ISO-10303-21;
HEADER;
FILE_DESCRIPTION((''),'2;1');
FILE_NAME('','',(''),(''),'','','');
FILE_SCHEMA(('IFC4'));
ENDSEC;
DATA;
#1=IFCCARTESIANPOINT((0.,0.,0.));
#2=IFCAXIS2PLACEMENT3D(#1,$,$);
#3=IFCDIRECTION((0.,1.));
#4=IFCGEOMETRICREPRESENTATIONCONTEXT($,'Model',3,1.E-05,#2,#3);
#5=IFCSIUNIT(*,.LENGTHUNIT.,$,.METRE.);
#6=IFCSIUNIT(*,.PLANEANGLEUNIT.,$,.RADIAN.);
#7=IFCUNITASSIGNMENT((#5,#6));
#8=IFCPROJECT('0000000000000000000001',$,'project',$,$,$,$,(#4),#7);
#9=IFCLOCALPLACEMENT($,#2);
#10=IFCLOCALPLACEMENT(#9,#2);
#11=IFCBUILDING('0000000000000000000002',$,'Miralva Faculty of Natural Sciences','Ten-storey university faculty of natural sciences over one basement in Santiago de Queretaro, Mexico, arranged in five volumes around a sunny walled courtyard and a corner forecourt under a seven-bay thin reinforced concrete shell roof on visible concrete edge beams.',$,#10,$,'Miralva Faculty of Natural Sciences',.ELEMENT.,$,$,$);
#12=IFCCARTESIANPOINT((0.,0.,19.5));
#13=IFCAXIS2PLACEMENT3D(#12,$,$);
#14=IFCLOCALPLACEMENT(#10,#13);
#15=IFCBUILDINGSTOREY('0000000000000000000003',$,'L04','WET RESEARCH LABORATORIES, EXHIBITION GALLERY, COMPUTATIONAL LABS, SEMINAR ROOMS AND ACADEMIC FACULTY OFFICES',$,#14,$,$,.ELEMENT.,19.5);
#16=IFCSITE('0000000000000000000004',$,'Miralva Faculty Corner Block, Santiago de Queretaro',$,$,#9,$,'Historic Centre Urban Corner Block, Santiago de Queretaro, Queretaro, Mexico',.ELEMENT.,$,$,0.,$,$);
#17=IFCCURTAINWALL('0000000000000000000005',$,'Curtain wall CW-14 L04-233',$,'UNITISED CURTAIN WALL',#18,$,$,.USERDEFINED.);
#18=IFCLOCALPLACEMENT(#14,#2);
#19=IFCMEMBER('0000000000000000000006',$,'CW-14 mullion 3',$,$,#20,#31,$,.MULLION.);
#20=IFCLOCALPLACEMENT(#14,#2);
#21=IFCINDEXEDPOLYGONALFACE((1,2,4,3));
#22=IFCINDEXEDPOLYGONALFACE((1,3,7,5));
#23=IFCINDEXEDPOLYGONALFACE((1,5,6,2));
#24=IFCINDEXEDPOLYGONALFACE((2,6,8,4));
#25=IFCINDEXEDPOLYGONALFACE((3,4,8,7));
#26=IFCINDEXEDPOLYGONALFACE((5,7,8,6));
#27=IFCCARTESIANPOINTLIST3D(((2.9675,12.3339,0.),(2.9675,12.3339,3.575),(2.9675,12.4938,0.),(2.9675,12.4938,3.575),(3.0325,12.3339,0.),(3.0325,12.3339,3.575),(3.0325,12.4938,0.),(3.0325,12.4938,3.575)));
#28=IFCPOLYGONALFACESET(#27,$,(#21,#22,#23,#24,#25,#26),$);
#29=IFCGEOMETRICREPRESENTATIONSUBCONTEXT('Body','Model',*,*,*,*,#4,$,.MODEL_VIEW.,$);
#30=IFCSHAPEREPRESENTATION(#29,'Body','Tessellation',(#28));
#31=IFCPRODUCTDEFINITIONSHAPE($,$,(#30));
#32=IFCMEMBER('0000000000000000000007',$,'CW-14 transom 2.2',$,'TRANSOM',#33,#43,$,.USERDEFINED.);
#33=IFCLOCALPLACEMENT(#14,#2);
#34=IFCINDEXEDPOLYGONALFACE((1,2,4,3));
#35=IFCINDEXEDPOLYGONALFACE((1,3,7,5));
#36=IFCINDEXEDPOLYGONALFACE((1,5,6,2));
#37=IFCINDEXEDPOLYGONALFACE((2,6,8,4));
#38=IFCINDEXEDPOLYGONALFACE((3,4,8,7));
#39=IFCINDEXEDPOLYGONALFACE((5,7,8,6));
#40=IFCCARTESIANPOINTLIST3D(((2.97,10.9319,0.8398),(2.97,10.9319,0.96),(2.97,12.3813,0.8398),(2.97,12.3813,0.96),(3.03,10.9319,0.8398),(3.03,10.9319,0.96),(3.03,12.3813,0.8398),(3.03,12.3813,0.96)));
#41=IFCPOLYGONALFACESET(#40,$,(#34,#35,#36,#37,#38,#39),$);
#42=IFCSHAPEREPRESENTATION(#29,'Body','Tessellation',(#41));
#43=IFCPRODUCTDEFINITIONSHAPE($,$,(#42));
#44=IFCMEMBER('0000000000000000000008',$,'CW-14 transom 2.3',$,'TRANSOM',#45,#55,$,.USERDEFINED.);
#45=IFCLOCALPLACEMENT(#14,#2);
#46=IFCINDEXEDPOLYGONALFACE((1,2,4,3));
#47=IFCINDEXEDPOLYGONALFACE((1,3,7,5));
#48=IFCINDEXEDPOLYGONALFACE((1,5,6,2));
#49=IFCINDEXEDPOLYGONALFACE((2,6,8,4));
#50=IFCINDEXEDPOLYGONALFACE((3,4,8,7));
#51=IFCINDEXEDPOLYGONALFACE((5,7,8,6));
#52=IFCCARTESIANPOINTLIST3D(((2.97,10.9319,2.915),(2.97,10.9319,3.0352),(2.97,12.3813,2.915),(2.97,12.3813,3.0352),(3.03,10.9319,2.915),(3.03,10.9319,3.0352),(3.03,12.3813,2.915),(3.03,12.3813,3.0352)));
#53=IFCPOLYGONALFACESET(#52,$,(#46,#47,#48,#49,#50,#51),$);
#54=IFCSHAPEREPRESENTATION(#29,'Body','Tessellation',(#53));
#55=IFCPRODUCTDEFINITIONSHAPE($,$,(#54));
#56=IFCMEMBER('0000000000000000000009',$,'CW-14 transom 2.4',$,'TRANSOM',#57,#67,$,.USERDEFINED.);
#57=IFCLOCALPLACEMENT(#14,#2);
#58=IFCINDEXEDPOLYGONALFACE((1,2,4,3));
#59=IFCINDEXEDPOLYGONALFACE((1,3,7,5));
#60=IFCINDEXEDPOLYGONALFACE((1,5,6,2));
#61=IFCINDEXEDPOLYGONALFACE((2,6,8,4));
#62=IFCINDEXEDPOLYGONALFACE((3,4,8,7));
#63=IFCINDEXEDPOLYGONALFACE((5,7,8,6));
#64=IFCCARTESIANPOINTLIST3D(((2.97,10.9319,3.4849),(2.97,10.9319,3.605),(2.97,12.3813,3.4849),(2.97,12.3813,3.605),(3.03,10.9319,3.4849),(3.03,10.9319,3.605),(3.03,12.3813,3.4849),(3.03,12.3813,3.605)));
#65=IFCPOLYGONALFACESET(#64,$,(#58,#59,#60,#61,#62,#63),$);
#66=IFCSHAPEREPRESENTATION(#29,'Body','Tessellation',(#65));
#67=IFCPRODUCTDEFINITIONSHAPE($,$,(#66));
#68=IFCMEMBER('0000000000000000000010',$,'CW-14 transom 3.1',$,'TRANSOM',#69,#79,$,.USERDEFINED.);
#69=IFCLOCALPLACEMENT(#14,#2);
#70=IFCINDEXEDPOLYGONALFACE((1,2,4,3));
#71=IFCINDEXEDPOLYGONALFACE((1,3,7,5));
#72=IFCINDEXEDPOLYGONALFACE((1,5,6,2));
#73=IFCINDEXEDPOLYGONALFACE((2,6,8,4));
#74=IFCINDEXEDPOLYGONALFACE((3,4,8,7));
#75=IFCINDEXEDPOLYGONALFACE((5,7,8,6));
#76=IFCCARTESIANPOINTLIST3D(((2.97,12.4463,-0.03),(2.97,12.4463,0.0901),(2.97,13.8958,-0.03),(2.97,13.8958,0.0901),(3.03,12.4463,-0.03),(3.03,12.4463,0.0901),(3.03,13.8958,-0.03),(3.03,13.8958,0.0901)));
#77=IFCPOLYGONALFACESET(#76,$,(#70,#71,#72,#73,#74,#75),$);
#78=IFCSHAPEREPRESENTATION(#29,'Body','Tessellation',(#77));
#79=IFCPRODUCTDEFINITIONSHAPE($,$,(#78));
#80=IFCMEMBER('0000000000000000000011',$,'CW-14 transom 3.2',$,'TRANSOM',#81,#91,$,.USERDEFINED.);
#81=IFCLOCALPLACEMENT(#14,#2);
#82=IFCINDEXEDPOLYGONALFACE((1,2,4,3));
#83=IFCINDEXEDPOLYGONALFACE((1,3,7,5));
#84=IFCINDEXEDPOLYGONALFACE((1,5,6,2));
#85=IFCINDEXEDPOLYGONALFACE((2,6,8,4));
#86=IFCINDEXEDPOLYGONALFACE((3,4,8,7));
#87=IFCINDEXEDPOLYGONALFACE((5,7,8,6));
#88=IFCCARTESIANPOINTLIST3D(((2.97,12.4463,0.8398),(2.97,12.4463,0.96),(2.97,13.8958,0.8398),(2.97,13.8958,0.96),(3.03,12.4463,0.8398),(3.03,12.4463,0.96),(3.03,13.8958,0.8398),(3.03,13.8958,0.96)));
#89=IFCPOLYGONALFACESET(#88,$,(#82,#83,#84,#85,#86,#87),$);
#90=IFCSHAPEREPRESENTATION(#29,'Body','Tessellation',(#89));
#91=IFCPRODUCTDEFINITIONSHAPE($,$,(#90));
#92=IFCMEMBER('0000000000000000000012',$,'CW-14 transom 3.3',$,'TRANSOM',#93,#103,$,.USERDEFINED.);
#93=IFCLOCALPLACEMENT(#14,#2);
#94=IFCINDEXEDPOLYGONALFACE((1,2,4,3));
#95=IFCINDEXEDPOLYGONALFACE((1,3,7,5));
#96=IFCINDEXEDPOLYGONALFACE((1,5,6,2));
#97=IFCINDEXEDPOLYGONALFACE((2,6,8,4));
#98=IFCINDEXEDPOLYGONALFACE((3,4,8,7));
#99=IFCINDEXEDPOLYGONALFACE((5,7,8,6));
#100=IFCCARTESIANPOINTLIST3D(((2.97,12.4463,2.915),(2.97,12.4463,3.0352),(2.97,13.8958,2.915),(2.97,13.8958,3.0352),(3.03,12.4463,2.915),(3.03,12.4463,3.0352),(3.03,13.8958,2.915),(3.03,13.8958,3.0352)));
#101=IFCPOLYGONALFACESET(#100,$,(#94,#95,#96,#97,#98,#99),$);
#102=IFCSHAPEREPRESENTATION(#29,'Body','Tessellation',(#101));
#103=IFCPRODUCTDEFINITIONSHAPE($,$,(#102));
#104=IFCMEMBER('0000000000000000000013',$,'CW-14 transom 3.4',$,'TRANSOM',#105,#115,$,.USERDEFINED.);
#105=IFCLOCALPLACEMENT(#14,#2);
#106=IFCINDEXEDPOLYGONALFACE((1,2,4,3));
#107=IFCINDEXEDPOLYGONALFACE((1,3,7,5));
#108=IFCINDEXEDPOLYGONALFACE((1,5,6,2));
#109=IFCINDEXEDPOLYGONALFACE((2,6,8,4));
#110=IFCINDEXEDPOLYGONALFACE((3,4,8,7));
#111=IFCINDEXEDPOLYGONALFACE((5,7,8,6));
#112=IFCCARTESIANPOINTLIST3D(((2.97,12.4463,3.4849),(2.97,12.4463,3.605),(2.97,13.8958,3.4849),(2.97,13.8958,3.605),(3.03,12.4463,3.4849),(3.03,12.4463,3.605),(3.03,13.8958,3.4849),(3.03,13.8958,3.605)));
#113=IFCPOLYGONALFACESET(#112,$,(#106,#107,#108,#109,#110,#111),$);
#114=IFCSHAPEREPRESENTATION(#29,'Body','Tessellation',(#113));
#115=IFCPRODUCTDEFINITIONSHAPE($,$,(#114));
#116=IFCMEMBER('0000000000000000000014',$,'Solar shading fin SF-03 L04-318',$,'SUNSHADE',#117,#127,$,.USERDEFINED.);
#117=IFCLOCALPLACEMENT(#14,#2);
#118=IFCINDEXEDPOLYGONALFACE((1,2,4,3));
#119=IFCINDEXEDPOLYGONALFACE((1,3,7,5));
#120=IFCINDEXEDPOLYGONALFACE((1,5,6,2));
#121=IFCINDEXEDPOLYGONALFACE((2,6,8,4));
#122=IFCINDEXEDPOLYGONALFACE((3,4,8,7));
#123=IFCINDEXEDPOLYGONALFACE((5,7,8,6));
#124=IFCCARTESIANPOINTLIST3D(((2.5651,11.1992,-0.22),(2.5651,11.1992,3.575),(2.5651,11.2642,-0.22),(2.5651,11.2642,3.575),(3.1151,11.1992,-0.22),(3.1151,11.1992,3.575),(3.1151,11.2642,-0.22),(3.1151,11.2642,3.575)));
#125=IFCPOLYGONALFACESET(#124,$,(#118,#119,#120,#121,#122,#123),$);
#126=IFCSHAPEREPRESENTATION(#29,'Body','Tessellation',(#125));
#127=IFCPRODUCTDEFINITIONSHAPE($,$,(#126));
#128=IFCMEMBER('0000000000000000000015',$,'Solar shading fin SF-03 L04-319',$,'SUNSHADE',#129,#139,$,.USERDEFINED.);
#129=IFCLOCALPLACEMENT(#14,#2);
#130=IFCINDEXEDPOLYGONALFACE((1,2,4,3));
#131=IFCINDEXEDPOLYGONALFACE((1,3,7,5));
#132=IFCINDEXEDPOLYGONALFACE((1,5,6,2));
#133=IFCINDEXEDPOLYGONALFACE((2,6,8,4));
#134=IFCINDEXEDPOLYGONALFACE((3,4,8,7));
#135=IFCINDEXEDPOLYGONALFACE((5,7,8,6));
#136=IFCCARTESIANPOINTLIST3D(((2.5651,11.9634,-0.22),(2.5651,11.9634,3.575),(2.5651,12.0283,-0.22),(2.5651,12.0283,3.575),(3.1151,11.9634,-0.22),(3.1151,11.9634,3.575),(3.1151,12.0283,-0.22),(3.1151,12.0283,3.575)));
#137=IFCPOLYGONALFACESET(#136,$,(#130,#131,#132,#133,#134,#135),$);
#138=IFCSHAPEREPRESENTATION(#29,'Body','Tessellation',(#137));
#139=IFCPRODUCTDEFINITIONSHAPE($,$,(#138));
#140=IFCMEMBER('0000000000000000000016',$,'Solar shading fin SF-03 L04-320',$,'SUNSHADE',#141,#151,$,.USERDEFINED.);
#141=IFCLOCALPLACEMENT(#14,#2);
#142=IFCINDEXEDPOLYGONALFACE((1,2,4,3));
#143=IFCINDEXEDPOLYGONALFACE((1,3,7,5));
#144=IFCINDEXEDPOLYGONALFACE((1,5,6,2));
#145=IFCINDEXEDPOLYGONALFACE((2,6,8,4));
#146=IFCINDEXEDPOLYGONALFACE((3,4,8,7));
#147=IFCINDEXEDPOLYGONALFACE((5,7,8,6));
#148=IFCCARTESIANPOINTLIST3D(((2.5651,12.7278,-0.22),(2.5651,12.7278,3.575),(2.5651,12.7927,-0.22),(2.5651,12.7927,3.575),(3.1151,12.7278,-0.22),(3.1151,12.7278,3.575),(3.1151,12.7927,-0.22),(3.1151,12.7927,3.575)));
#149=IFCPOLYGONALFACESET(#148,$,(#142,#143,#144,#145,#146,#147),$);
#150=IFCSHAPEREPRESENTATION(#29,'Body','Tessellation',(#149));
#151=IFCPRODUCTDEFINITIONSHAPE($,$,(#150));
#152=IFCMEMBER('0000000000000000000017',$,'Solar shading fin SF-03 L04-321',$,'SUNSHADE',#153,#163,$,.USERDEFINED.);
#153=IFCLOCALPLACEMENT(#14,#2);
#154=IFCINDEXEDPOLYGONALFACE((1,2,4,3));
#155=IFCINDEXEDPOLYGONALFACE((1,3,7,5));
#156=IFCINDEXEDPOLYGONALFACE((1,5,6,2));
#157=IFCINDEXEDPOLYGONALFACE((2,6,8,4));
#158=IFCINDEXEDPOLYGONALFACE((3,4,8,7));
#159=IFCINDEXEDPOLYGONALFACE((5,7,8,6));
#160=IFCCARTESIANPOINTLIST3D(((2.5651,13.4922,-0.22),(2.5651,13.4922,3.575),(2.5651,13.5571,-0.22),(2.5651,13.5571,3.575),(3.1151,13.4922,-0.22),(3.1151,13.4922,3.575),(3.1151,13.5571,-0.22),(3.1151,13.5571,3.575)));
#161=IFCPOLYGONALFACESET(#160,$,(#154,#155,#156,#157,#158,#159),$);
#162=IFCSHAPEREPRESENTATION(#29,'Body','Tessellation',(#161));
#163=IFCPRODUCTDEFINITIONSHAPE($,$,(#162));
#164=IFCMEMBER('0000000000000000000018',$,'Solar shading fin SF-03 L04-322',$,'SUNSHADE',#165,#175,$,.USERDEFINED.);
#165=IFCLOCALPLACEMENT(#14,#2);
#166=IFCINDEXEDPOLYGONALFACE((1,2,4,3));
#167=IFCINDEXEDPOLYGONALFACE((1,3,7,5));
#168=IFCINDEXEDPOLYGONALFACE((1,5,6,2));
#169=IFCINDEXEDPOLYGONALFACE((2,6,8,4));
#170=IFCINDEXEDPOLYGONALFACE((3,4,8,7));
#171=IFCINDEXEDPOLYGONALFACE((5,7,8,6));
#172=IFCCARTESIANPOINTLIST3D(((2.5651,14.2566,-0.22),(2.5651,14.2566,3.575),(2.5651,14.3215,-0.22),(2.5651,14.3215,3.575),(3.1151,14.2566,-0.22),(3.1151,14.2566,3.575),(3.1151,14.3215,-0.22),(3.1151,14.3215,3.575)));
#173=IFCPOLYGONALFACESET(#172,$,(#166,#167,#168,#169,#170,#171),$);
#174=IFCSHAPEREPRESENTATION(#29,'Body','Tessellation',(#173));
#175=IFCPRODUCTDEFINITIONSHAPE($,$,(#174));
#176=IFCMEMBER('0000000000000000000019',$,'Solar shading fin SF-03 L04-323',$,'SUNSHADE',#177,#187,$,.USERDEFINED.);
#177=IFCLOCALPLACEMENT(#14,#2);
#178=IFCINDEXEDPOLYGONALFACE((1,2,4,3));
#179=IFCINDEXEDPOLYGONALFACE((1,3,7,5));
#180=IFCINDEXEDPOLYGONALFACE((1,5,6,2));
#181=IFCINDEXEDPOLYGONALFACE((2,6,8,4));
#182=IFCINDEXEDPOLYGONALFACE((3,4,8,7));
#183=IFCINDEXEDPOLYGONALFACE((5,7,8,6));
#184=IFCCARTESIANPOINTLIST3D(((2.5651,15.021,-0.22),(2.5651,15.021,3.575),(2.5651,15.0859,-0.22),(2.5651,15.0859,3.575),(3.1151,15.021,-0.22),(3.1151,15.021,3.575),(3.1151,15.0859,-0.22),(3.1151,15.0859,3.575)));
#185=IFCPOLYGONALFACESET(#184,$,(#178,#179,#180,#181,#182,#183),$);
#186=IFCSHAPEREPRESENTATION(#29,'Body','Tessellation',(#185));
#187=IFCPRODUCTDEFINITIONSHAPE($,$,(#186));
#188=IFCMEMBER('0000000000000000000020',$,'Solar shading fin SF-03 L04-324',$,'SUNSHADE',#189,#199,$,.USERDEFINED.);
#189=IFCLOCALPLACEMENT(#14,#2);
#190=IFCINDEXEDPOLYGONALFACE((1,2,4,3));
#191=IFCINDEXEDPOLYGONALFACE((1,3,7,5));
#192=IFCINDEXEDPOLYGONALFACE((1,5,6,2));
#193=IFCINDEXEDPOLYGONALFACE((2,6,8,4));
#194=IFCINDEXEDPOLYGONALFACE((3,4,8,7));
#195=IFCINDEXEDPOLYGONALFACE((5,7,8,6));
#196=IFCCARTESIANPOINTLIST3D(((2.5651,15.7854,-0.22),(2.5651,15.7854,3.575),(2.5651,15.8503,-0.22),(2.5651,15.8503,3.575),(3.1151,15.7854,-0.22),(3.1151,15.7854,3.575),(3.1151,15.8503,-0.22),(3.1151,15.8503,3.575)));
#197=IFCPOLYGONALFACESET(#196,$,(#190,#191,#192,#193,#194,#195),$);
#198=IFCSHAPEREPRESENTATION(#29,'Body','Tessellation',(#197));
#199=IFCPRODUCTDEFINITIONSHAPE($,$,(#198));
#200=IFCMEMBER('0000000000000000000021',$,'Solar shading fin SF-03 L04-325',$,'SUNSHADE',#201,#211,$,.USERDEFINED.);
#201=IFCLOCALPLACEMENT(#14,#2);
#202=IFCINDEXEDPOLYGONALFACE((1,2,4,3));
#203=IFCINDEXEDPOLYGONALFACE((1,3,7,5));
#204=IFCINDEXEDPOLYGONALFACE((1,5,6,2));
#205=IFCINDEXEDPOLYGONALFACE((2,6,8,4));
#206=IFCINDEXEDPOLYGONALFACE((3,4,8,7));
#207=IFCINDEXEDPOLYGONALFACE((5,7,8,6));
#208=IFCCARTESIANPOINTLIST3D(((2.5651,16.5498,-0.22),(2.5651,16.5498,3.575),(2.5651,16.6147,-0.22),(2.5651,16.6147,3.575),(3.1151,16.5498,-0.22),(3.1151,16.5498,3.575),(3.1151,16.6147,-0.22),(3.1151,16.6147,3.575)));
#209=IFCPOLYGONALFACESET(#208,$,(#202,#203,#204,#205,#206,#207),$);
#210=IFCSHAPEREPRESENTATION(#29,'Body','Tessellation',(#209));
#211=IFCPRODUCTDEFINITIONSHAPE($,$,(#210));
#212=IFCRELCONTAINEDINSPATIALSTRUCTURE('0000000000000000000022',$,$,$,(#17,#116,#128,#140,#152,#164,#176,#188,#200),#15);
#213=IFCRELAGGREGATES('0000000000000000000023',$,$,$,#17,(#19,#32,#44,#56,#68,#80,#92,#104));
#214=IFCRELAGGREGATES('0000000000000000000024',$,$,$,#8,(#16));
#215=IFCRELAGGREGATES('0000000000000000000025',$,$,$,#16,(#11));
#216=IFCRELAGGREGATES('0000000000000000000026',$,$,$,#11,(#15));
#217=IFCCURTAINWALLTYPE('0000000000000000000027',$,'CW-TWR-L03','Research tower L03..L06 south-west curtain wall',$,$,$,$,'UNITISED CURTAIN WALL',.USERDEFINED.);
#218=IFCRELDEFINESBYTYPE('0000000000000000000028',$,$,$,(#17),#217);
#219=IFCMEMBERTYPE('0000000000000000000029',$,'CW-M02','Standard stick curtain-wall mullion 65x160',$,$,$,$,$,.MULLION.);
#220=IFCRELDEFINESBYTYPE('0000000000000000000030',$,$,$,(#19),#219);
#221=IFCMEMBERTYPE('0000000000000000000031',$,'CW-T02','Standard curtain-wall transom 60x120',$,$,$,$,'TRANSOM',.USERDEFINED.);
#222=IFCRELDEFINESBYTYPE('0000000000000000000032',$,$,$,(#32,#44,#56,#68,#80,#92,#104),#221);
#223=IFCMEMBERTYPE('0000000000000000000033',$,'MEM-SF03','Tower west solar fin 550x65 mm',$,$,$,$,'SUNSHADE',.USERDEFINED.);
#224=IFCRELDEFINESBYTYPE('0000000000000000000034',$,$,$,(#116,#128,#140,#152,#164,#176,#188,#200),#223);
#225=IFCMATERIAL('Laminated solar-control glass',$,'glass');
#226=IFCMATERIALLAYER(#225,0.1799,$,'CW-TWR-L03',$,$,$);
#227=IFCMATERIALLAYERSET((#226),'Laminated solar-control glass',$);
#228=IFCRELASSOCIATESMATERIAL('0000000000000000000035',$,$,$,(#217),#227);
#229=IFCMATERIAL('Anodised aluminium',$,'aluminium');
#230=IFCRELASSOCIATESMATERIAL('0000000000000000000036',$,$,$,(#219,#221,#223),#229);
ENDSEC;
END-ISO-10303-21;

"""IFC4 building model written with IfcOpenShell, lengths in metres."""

from ifc_helpers import new_model, si_unit, direction, frame, origin, origin_2d, place, context, subcontext, project, spatial, rectangle, extrude, material, layer, layer_set, material_profile, profile_set, type_object, element, aggregate, save


model = new_model("IFC4")

# Units and contexts
model_context = context("Model", 3, precision=1e-05, world=origin(), true_north=direction((0.0, 1.0)))
body_context = subcontext(model_context, "Body", "Model", "MODEL_VIEW")
ifc_project = project(units=[si_unit("LENGTHUNIT", "METRE"), si_unit("PLANEANGLEUNIT", "RADIAN")], contexts=[model_context])

# Site, building, storey
site_placement = place(None, origin())
site = spatial("IfcSite", under=ifc_project, at=site_placement, Name="Miralva Faculty Corner Block, Santiago de Queretaro", LongName="Historic Centre Urban Corner Block, Santiago de Queretaro, Queretaro, Mexico", CompositionType="ELEMENT", RefElevation=0.0)
building_placement = place(site_placement, origin())
building = spatial("IfcBuilding", under=site, at=building_placement, Name="Miralva Faculty of Natural Sciences", Description="Ten-storey university faculty of natural sciences over one basement in Santiago de Queretaro, Mexico, arranged in five volumes around a sunny walled courtyard and a corner forecourt under a seven-bay thin reinforced concrete shell roof on visible concrete edge beams.", LongName="Miralva Faculty of Natural Sciences", CompositionType="ELEMENT")
storey_placement = place(building_placement, frame((0.0, 0.0, 19.5)))
storey = spatial("IfcBuildingStorey", under=building, at=storey_placement, Name="L04", Description="WET RESEARCH LABORATORIES, EXHIBITION GALLERY, COMPUTATIONAL LABS, SEMINAR ROOMS AND ACADEMIC FACULTY OFFICES", CompositionType="ELEMENT", Elevation=19.5)

# Curtain wall, members
ifc_material_1 = material(Name="Laminated solar-control glass", Category="glass")
ifc_layer_1 = layer(ifc_material_1, 0.1799, Name="CW-TWR-L03")
ifc_layer_set_1 = layer_set([ifc_layer_1], Name="Laminated solar-control glass")
curtain_wall_type = type_object("IfcCurtainWallType", Name="CW-TWR-L03", Description="Research tower L03..L06 south-west curtain wall", ElementType="UNITISED CURTAIN WALL", PredefinedType="USERDEFINED", material=ifc_layer_set_1)
curtain_wall_placement = place(storey_placement, origin())
curtain_wall = element("IfcCurtainWall", 1, at=curtain_wall_placement, inside=storey, type_object=curtain_wall_type, Name="Curtain wall CW-14 L04-233", ObjectType="UNITISED CURTAIN WALL", PredefinedType="USERDEFINED")
ifc_material_2 = material(Name="Anodised aluminium", Category="aluminium")
ifc_material_profile_1 = material_profile(ifc_material_2, rectangle(XDim=0.0649, YDim=0.1599, at=origin_2d()), Name="MULLION 65x160")
ifc_profile_set_1 = profile_set([ifc_material_profile_1], Name="Anodised aluminium")
member_type_1 = type_object("IfcMemberType", Name="CW-M02", Description="Standard stick curtain-wall mullion 65x160", PredefinedType="MULLION", material=ifc_profile_set_1)
member_1_placement = place(storey_placement, frame((3.0, 12.4138, 0.0), z_axis=(0.0, 0.0, 1.0), x_axis=(-1.0, 0.0, 0.0)))
member_1 = element("IfcMember", 2, at=member_1_placement, type_object=member_type_1, Name="CW-14 mullion 3", PredefinedType="MULLION", context=body_context, shape_type="SweptSolid", body=[
    extrude(rectangle(XDim=0.0649, YDim=0.1599, at=origin_2d()), origin(), (0.0, 0.0, 1.0), 3.575),
])
ifc_material_profile_2 = material_profile(ifc_material_2, rectangle(XDim=0.0601, YDim=0.1201, at=origin_2d()), Name="TRANSOM 60x120")
ifc_profile_set_2 = profile_set([ifc_material_profile_2], Name="Anodised aluminium")
member_type_2 = type_object("IfcMemberType", Name="CW-T02", Description="Standard curtain-wall transom 60x120", ElementType="TRANSOM", PredefinedType="USERDEFINED", material=ifc_profile_set_2)
member_2_placement = place(storey_placement, frame((3.0, 10.9319, 0.8999), z_axis=(0.0, 1.0, 0.0), x_axis=(-1.0, 0.0, 0.0)))
member_2 = element("IfcMember", 3, at=member_2_placement, type_object=member_type_2, Name="CW-14 transom 2.2", ObjectType="TRANSOM", PredefinedType="USERDEFINED", context=body_context, shape_type="SweptSolid", body=[
    extrude(rectangle(XDim=0.0601, YDim=0.1201, at=origin_2d()), origin(), (0.0, 0.0, 1.0), 1.4495),
])
member_3_placement = place(storey_placement, frame((3.0, 10.9319, 2.9751), z_axis=(0.0, 1.0, 0.0), x_axis=(-1.0, 0.0, 0.0)))
member_3 = element("IfcMember", 4, at=member_3_placement, type_object=member_type_2, Name="CW-14 transom 2.3", ObjectType="TRANSOM", PredefinedType="USERDEFINED", context=body_context, shape_type="SweptSolid", body=[
    extrude(rectangle(XDim=0.0601, YDim=0.1201, at=origin_2d()), origin(), (0.0, 0.0, 1.0), 1.4495),
])
member_4_placement = place(storey_placement, frame((3.0, 10.9319, 3.5449), z_axis=(0.0, 1.0, 0.0), x_axis=(-1.0, 0.0, 0.0)))
member_4 = element("IfcMember", 5, at=member_4_placement, type_object=member_type_2, Name="CW-14 transom 2.4", ObjectType="TRANSOM", PredefinedType="USERDEFINED", context=body_context, shape_type="SweptSolid", body=[
    extrude(rectangle(XDim=0.0601, YDim=0.1201, at=origin_2d()), origin(), (0.0, 0.0, 1.0), 1.4495),
])
member_5_placement = place(storey_placement, frame((3.0, 12.4463, 0.03), z_axis=(0.0, 1.0, 0.0), x_axis=(-1.0, 0.0, 0.0)))
member_5 = element("IfcMember", 6, at=member_5_placement, type_object=member_type_2, Name="CW-14 transom 3.1", ObjectType="TRANSOM", PredefinedType="USERDEFINED", context=body_context, shape_type="SweptSolid", body=[
    extrude(rectangle(XDim=0.0601, YDim=0.1201, at=origin_2d()), origin(), (0.0, 0.0, 1.0), 1.4495),
])
member_6_placement = place(storey_placement, frame((3.0, 12.4463, 0.8999), z_axis=(0.0, 1.0, 0.0), x_axis=(-1.0, 0.0, 0.0)))
member_6 = element("IfcMember", 7, at=member_6_placement, type_object=member_type_2, Name="CW-14 transom 3.2", ObjectType="TRANSOM", PredefinedType="USERDEFINED", context=body_context, shape_type="SweptSolid", body=[
    extrude(rectangle(XDim=0.0601, YDim=0.1201, at=origin_2d()), origin(), (0.0, 0.0, 1.0), 1.4495),
])
member_7_placement = place(storey_placement, frame((3.0, 12.4463, 2.9751), z_axis=(0.0, 1.0, 0.0), x_axis=(-1.0, 0.0, 0.0)))
member_7 = element("IfcMember", 8, at=member_7_placement, type_object=member_type_2, Name="CW-14 transom 3.3", ObjectType="TRANSOM", PredefinedType="USERDEFINED", context=body_context, shape_type="SweptSolid", body=[
    extrude(rectangle(XDim=0.0601, YDim=0.1201, at=origin_2d()), origin(), (0.0, 0.0, 1.0), 1.4495),
])
member_8_placement = place(storey_placement, frame((3.0, 12.4463, 3.5449), z_axis=(0.0, 1.0, 0.0), x_axis=(-1.0, 0.0, 0.0)))
member_8 = element("IfcMember", 9, at=member_8_placement, type_object=member_type_2, Name="CW-14 transom 3.4", ObjectType="TRANSOM", PredefinedType="USERDEFINED", context=body_context, shape_type="SweptSolid", body=[
    extrude(rectangle(XDim=0.0601, YDim=0.1201, at=origin_2d()), origin(), (0.0, 0.0, 1.0), 1.4495),
])

# Members
ifc_material_profile_3 = material_profile(ifc_material_2, rectangle(XDim=0.0649, YDim=0.55, at=origin_2d()), Name="FIN 550x65")
ifc_profile_set_3 = profile_set([ifc_material_profile_3], Name="Anodised aluminium")
member_type_3 = type_object("IfcMemberType", Name="MEM-SF03", Description="Tower west solar fin 550x65 mm", ElementType="SUNSHADE", PredefinedType="USERDEFINED", material=ifc_profile_set_3)
for number, where, z_axis, x_axis, name in (
    (10, (2.8401, 11.2317, -0.22), (0.0, 0.0, 1.0), (0.0, -1.0, 0.0), "Solar shading fin SF-03 L04-318"),
    (11, (2.8401, 11.9958, -0.22), (0.0, 0.0, 1.0), (0.0, -1.0, 0.0), "Solar shading fin SF-03 L04-319"),
    (12, (2.8401, 12.7603, -0.22), (0.0, 0.0, 1.0), (0.0, -1.0, 0.0), "Solar shading fin SF-03 L04-320"),
    (13, (2.8401, 13.5247, -0.22), (0.0, 0.0, 1.0), (0.0, -1.0, 0.0), "Solar shading fin SF-03 L04-321"),
    (14, (2.8401, 14.2891, -0.22), (0.0, 0.0, 1.0), (0.0, -1.0, 0.0), "Solar shading fin SF-03 L04-322"),
    (15, (2.8401, 15.0535, -0.22), (0.0, 0.0, 1.0), (0.0, -1.0, 0.0), "Solar shading fin SF-03 L04-323"),
    (16, (2.8401, 15.8179, -0.22), (0.0, 0.0, 1.0), (0.0, -1.0, 0.0), "Solar shading fin SF-03 L04-324"),
    (17, (2.8401, 16.5823, -0.22), (0.0, 0.0, 1.0), (0.0, -1.0, 0.0), "Solar shading fin SF-03 L04-325"),
):
    element("IfcMember", number, at=place(storey_placement, frame(where, z_axis=z_axis, x_axis=x_axis)), inside=storey, type_object=member_type_3, Name=name, ObjectType="SUNSHADE", PredefinedType="USERDEFINED", context=body_context, shape_type="SweptSolid", body=[
        extrude(rectangle(XDim=0.0649, YDim=0.55, at=origin_2d()), origin(), (0.0, 0.0, 1.0), 3.7949),
    ])

aggregate(curtain_wall, [member_1, member_2, member_3, member_4, member_5, member_6, member_7, member_8])

save(model, "model.ifc")
